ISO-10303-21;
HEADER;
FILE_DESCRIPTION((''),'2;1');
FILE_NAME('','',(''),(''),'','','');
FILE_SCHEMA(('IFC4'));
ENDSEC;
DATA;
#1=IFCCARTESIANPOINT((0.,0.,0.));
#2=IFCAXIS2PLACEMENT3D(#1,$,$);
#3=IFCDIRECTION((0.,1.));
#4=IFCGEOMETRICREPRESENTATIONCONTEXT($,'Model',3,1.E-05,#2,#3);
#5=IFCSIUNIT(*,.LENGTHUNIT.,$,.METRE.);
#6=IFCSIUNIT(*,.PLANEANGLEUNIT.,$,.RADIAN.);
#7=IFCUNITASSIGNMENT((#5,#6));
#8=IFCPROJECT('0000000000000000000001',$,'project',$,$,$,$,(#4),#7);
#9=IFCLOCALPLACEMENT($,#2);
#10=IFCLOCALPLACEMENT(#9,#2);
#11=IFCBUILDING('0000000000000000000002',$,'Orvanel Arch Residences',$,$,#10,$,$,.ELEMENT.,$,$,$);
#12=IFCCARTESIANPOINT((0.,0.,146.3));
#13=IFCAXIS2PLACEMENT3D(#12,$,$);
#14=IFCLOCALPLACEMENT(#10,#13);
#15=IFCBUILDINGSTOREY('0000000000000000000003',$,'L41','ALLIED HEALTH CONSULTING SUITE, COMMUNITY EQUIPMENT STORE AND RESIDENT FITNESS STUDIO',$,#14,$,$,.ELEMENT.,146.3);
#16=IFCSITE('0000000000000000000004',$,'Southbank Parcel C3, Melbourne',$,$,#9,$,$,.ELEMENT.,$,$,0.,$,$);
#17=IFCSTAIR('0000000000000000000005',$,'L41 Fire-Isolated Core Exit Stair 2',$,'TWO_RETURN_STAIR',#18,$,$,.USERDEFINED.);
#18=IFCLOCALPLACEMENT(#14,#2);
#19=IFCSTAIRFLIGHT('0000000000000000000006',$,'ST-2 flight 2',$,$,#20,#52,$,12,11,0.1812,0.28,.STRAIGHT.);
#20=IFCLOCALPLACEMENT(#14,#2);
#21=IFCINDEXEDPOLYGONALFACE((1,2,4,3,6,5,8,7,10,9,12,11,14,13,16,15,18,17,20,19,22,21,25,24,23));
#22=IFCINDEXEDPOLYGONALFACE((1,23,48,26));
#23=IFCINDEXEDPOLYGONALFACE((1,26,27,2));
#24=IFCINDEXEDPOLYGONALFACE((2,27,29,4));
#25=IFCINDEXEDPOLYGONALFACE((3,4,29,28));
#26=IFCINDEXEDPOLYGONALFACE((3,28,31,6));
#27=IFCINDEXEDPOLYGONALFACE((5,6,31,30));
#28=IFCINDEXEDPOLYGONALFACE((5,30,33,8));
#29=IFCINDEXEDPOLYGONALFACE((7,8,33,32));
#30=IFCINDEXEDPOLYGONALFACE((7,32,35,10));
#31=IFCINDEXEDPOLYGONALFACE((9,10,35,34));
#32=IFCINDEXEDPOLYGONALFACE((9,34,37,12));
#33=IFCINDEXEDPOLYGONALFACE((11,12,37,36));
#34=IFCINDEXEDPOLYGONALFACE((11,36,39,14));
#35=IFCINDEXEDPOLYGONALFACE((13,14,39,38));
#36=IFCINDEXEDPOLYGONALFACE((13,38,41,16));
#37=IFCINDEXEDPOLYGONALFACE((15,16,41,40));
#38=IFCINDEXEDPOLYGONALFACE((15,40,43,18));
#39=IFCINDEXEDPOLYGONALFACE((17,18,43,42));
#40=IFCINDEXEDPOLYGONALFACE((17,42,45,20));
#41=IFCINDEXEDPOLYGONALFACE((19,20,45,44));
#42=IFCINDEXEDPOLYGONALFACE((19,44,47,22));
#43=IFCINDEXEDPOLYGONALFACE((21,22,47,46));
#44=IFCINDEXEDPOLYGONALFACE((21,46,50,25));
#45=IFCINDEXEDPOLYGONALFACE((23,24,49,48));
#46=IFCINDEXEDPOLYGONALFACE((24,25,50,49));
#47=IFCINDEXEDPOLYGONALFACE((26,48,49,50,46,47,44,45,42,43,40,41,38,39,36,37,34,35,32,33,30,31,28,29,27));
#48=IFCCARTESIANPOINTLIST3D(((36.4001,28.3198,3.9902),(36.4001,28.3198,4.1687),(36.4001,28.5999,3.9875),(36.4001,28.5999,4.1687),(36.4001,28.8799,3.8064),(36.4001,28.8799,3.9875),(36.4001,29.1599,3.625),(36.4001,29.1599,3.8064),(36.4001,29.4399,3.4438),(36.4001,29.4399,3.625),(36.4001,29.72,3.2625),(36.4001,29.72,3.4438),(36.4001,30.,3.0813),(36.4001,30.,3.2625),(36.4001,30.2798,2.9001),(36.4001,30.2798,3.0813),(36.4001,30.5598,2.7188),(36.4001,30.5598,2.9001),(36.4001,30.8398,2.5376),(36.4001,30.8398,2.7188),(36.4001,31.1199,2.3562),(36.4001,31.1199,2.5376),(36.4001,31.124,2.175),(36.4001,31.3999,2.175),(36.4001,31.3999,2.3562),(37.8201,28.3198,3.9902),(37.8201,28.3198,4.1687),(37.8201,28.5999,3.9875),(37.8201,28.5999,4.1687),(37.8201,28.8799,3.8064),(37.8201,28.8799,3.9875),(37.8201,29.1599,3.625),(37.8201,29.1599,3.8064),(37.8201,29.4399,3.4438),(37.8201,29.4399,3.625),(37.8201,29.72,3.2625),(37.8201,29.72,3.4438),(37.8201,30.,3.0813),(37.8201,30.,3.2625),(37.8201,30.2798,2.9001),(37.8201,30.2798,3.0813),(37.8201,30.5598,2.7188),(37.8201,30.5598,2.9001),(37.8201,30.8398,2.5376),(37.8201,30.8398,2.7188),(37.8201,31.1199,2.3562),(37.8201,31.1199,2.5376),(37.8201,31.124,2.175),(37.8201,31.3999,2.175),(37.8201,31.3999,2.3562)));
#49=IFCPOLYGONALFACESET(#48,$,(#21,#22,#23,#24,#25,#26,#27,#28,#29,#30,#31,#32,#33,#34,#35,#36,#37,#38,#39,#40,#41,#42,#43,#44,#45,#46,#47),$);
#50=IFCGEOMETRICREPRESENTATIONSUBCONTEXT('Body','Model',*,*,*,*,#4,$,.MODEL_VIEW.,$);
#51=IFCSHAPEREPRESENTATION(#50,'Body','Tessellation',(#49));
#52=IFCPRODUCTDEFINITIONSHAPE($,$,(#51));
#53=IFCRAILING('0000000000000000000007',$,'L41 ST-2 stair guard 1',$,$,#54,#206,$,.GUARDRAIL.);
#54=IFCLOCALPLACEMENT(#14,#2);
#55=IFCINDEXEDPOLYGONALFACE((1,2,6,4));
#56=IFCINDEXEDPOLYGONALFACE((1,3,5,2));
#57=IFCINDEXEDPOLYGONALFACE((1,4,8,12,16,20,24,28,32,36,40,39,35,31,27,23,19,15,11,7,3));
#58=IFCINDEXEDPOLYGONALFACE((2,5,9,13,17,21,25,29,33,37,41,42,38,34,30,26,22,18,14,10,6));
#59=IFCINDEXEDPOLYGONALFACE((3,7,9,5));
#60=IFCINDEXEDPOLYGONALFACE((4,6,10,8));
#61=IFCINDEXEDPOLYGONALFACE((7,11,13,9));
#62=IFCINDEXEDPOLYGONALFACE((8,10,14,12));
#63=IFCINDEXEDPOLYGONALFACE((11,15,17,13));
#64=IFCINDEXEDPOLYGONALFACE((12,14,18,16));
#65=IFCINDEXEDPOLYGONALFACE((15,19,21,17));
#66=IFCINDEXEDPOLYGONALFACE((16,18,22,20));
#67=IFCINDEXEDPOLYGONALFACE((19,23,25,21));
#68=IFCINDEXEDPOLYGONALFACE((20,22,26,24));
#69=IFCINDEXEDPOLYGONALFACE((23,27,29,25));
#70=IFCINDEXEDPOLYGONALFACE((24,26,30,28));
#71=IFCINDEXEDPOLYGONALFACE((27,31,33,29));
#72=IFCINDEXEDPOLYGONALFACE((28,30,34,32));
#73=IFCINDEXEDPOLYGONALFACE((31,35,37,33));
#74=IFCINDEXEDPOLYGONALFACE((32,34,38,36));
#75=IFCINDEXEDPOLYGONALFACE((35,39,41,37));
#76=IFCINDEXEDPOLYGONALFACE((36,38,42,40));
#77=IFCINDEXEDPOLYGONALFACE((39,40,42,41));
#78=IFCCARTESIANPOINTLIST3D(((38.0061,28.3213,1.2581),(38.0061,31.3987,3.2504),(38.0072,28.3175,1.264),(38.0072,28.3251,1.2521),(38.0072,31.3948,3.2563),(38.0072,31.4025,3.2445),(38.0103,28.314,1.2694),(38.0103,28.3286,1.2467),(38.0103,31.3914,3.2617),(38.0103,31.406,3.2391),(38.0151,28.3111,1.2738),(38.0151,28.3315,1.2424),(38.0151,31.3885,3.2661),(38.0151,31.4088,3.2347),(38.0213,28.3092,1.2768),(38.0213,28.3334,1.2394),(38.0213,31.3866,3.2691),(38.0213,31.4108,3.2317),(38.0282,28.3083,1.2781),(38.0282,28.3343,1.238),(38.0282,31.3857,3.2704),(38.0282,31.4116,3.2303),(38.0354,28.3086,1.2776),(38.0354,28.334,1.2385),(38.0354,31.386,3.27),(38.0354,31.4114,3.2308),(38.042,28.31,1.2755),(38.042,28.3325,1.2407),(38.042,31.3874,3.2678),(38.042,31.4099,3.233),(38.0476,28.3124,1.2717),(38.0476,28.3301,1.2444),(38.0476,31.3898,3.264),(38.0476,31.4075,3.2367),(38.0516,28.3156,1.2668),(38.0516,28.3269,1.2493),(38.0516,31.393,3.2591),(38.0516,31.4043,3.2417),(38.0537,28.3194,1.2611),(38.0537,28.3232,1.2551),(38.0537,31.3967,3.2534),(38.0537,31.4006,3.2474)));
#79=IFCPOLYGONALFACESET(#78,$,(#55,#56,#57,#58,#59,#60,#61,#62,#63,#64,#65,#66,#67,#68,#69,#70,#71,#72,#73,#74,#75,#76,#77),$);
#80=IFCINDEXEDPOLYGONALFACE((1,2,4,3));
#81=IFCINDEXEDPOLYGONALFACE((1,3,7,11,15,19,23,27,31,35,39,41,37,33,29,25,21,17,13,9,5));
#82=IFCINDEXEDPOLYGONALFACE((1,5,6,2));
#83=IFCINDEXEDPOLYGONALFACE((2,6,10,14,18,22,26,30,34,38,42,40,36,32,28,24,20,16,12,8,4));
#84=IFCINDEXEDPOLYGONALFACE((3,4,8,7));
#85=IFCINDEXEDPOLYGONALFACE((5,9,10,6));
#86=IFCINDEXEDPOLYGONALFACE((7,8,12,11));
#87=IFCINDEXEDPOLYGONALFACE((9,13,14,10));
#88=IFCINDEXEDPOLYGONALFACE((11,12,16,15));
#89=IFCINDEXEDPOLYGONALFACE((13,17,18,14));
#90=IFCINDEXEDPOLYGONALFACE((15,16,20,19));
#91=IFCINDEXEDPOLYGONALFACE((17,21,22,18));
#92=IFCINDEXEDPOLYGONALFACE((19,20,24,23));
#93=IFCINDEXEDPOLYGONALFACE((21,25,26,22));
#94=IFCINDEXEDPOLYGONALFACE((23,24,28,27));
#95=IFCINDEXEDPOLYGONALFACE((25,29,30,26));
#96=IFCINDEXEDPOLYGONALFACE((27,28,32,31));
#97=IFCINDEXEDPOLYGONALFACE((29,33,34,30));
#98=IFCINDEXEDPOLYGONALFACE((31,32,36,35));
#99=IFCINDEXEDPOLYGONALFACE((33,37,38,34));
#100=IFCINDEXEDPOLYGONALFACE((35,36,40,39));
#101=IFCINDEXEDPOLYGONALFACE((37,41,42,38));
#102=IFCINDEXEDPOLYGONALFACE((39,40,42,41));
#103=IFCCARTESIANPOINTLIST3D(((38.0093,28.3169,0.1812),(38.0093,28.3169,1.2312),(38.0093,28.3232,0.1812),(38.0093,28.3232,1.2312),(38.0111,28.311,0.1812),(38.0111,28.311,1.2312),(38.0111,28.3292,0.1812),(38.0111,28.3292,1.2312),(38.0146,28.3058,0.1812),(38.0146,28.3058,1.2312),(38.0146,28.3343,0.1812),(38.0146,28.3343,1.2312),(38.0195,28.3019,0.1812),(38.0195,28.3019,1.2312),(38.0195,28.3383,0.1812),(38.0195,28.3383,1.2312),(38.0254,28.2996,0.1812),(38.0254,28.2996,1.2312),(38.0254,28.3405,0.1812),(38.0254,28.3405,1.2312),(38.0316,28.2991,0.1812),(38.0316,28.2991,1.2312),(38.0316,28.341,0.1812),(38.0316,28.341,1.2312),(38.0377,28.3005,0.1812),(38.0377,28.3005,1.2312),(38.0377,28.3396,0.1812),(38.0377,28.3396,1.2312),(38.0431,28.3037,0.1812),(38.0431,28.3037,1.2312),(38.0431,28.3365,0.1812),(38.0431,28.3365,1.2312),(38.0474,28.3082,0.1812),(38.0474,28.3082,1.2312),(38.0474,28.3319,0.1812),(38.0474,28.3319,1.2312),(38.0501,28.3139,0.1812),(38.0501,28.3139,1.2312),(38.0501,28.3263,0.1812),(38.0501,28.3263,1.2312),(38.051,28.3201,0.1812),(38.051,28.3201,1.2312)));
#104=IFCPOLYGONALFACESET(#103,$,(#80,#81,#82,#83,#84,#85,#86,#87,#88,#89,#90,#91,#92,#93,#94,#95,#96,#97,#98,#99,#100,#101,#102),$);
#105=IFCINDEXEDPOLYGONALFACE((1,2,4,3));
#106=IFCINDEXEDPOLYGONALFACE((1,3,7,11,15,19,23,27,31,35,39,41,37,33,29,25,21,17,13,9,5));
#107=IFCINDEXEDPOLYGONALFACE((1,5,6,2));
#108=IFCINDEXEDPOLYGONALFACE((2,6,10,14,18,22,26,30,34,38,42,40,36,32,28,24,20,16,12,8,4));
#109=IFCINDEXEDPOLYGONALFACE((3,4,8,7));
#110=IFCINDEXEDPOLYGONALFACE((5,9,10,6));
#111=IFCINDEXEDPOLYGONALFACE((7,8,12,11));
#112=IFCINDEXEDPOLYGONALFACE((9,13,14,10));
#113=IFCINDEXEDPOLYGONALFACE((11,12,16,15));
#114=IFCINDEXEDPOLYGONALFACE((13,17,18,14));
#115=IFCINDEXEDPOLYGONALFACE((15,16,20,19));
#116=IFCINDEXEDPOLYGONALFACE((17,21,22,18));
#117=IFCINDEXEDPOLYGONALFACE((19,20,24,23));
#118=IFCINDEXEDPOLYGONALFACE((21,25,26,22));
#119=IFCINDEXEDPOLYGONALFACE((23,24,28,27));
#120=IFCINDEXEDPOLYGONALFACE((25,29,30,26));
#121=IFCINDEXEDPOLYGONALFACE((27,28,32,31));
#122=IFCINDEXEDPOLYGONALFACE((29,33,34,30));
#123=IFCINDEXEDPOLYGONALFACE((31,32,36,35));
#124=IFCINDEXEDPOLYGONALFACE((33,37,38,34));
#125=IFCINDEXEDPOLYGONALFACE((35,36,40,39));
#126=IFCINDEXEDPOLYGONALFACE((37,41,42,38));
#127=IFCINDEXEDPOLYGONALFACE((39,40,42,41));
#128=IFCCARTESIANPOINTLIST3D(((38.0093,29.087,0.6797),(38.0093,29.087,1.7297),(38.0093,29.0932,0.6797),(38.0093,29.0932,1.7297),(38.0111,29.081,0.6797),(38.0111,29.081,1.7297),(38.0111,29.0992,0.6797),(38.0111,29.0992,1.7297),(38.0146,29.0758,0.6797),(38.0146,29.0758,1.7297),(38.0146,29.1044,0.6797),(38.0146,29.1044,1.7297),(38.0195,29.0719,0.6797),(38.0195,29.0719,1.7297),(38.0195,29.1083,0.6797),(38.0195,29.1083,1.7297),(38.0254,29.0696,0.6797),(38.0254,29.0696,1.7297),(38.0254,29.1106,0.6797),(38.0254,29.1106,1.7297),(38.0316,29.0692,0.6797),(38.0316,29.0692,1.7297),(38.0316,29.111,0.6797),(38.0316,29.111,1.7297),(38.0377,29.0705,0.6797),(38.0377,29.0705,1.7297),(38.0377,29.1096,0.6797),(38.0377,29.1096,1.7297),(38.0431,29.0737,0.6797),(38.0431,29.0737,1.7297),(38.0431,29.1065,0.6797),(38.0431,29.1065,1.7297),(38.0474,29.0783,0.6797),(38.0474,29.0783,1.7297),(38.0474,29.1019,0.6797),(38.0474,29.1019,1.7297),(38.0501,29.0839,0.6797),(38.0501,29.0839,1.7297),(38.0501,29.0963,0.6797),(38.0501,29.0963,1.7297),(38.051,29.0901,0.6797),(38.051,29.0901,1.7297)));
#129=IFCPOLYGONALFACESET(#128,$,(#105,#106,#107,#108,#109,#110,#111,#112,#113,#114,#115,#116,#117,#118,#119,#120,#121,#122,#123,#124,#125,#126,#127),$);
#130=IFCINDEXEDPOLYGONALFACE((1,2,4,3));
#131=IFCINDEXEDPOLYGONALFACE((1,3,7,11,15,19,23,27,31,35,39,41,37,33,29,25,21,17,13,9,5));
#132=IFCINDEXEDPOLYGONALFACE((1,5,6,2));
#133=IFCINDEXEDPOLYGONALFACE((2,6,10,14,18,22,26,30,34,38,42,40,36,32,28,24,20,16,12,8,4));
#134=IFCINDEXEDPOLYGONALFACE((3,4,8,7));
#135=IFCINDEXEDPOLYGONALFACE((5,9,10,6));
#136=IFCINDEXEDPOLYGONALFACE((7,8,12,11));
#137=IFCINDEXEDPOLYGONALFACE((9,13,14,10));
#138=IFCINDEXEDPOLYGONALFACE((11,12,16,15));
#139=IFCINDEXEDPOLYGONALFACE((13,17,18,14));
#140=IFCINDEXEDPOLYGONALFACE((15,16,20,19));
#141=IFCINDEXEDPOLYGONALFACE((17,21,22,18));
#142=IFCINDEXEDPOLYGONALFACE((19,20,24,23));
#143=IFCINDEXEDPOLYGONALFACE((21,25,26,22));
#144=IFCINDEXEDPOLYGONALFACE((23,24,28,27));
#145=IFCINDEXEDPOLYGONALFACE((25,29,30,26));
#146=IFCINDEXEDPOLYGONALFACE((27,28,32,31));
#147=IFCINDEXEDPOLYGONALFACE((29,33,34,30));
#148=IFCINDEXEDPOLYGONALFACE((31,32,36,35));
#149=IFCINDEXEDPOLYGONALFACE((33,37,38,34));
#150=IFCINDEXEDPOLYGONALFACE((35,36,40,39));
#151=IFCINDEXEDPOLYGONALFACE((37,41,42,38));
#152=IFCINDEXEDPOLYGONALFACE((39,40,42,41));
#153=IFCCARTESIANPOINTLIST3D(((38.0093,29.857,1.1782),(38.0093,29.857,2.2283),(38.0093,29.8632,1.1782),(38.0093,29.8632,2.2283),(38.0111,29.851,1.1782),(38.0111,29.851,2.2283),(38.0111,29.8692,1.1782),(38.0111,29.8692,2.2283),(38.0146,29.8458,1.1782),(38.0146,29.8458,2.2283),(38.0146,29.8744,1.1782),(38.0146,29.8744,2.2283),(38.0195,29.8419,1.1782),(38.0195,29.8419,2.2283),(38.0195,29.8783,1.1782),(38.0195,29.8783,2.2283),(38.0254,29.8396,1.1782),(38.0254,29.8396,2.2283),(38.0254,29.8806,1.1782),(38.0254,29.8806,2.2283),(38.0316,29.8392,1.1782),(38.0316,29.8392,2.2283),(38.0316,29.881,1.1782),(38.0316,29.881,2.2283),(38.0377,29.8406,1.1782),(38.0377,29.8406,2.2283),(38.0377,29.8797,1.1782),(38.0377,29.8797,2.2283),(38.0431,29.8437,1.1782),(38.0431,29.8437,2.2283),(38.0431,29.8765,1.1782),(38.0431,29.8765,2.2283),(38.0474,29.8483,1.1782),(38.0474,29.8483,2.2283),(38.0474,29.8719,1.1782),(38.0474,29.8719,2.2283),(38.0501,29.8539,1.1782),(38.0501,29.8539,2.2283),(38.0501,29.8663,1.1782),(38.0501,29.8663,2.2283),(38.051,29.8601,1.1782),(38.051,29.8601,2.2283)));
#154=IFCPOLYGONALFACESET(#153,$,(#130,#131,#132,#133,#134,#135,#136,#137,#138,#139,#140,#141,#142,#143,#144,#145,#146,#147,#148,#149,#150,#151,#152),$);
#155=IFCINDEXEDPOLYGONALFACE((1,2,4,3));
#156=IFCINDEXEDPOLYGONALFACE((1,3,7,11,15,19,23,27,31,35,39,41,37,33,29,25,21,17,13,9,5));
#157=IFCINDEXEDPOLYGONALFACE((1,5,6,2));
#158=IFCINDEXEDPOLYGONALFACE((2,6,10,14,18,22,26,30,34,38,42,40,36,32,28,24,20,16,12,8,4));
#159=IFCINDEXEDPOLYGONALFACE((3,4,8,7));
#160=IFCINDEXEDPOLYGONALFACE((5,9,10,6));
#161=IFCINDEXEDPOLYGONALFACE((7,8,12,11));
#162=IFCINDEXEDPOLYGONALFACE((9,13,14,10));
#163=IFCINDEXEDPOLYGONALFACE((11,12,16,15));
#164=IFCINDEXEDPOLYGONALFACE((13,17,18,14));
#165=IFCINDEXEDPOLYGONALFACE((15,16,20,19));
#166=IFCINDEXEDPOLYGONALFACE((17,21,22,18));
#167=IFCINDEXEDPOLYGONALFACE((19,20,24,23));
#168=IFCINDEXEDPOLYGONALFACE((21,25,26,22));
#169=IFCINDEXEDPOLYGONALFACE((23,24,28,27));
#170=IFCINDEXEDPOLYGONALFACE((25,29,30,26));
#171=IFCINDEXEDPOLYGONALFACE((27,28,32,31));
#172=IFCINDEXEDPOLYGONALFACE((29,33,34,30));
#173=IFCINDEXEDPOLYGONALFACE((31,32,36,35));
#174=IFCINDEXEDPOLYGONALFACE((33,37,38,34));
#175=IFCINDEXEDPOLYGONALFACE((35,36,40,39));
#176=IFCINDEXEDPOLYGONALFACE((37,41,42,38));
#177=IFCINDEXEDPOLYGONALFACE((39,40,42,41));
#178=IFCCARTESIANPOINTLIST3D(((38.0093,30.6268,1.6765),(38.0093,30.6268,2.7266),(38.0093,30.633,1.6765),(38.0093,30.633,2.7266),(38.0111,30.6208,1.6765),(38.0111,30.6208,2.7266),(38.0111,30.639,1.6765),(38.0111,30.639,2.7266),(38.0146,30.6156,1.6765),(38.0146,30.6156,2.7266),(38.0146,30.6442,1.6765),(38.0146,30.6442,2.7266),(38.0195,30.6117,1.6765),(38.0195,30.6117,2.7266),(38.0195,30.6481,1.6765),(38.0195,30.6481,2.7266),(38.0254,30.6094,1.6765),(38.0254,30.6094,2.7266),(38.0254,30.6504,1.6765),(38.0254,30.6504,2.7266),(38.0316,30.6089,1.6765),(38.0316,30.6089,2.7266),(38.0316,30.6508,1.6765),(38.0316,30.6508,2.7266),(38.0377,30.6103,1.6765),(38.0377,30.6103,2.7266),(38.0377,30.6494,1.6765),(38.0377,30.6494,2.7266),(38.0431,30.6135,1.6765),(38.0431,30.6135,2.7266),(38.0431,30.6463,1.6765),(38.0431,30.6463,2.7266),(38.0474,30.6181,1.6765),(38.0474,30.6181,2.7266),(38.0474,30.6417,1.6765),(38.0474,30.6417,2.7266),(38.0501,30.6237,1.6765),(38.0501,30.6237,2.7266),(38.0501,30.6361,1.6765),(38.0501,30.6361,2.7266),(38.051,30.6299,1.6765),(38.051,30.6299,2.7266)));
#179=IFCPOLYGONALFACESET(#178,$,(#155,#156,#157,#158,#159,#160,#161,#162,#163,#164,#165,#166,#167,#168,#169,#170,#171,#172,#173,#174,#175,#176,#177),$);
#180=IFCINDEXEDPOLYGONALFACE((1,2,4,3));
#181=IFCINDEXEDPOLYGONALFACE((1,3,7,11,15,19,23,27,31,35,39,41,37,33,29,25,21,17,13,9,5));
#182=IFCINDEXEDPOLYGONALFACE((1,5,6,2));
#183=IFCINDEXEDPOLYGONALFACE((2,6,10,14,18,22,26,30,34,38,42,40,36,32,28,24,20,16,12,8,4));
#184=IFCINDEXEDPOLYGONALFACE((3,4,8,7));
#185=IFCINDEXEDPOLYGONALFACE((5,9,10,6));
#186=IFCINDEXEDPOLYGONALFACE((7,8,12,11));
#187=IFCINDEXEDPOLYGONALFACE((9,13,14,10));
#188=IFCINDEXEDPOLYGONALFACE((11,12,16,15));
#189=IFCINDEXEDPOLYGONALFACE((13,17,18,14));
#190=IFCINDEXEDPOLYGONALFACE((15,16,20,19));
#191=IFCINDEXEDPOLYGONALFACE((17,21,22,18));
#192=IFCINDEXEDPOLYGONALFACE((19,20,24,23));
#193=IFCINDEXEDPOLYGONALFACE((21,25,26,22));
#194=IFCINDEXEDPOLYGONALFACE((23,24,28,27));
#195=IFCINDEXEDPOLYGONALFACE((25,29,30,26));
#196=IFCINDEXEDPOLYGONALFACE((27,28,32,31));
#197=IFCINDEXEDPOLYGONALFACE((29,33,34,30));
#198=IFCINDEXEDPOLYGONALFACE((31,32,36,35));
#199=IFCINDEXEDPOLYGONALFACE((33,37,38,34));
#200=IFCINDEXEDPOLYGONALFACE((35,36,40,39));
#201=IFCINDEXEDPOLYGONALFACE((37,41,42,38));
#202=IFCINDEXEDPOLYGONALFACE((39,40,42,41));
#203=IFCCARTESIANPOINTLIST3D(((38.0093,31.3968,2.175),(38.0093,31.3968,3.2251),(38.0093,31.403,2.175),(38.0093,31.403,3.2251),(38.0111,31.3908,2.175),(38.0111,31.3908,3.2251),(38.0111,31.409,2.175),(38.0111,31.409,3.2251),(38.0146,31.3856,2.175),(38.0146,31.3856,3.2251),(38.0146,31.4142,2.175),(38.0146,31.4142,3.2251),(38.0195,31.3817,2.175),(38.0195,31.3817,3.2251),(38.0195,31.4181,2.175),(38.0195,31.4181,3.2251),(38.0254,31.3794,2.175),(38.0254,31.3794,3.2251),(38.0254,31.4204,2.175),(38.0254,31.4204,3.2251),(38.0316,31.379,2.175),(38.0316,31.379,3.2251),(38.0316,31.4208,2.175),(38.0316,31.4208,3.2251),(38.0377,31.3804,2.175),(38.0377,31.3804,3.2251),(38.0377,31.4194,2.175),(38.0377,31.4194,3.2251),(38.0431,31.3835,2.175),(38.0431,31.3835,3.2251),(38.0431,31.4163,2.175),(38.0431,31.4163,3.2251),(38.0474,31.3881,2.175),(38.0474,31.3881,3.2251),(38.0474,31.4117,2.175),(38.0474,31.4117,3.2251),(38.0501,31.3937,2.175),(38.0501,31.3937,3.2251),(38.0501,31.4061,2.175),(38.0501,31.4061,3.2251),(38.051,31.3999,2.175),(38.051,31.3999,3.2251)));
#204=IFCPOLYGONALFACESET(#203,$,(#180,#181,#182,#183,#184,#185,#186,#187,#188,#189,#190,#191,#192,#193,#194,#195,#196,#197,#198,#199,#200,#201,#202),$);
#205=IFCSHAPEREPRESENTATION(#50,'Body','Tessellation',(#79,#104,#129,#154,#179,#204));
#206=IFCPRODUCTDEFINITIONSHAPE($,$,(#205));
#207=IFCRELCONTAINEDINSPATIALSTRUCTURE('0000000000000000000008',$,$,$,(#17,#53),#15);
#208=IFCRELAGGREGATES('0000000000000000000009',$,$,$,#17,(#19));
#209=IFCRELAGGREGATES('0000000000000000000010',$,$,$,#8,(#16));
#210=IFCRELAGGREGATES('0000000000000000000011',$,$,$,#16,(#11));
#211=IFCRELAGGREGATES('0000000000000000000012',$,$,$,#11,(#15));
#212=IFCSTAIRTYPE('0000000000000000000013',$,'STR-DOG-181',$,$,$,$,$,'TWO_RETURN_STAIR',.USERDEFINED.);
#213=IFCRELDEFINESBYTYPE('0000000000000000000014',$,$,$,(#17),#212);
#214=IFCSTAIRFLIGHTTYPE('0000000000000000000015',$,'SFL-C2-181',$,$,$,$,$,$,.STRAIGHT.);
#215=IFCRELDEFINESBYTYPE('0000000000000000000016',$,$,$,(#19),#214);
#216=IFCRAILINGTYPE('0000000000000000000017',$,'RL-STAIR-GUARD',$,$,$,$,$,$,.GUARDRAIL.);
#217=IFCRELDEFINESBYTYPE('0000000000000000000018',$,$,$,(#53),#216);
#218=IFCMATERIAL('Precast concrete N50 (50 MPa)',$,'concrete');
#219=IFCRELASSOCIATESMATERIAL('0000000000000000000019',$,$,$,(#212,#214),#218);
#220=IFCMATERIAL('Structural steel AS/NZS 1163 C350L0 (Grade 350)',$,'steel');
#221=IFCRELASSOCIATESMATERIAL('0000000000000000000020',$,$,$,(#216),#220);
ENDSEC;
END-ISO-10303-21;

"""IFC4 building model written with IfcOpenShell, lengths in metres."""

from ifc_helpers import new_model, si_unit, direction, frame, origin, origin_2d, place, context, subcontext, project, spatial, polyline, circle, outline, extrude, material, type_object, element, aggregate, save


model = new_model("IFC4")

# Units and contexts
model_context = context("Model", 3, precision=1e-05, world=origin(), true_north=direction((0.0, 1.0)))
body_context = subcontext(model_context, "Body", "Model", "MODEL_VIEW")
ifc_project = project(units=[si_unit("LENGTHUNIT", "METRE"), si_unit("PLANEANGLEUNIT", "RADIAN")], contexts=[model_context])

# Site, building, storey
site_placement = place(None, origin())
site = spatial("IfcSite", under=ifc_project, at=site_placement, Name="Southbank Parcel C3, Melbourne", CompositionType="ELEMENT", RefElevation=0.0)
building_placement = place(site_placement, origin())
building = spatial("IfcBuilding", under=site, at=building_placement, Name="Orvanel Arch Residences", CompositionType="ELEMENT")
storey_placement = place(building_placement, frame((0.0, 0.0, 146.3)))
storey = spatial("IfcBuildingStorey", under=building, at=storey_placement, Name="L41", Description="ALLIED HEALTH CONSULTING SUITE, COMMUNITY EQUIPMENT STORE AND RESIDENT FITNESS STUDIO", CompositionType="ELEMENT", Elevation=146.3)

# Stair, stair flight
ifc_material_1 = material(Name="Precast concrete N50 (50 MPa)", Category="concrete")
stair_type = type_object("IfcStairType", Name="STR-DOG-181", ElementType="TWO_RETURN_STAIR", PredefinedType="USERDEFINED", material=ifc_material_1)
stair_placement = place(storey_placement, origin())
stair = element("IfcStair", 1, at=stair_placement, inside=storey, type_object=stair_type, Name="L41 Fire-Isolated Core Exit Stair 2", ObjectType="TWO_RETURN_STAIR", PredefinedType="USERDEFINED")
stair_flight_type = type_object("IfcStairFlightType", Name="SFL-C2-181", PredefinedType="STRAIGHT", material=ifc_material_1)
stair_flight_1_placement = place(storey_placement, frame((37.1101, 31.3999, 2.175), z_axis=(0.0, 0.0, 1.0), x_axis=(0.0, -1.0, 0.0)))
stair_flight_1 = element("IfcStairFlight", 2, at=stair_flight_1_placement, type_object=stair_flight_type, Name="ST-2 flight 2", NumberOfRisers=12, NumberOfTreads=11, PredefinedType="STRAIGHT", RiserHeight=0.1812, TreadLength=0.28, context=body_context, shape_type="SweptSolid", body=[
    extrude(outline(polyline([(0.0, 0.0), (0.0, 0.1812), (0.28, 0.1812), (0.28, 0.3625), (0.5601, 0.3625), (0.5601, 0.5437), (0.8401, 0.5437), (0.8401, 0.7251), (1.1201, 0.7251), (1.1201, 0.9062), (1.3999, 0.9062), (1.3999, 1.0874), (1.6799, 1.0874), (1.6799, 1.2688), (1.96, 1.2688), (1.96, 1.45), (2.24, 1.45), (2.24, 1.6313), (2.52, 1.6313), (2.52, 1.8125), (2.8, 1.8125), (2.8, 1.9937), (3.0801, 1.9937), (3.0801, 2.175), (3.0801, 1.8152), (0.2759, 0.0), (0.0, 0.0)])), frame((0.0, 0.71, 0.0), z_axis=(0.0, -1.0, 0.0), x_axis=(1.0, 0.0, 0.0)), (0.0, 0.0, 1.0), 1.4199),
])
aggregate(stair, [stair_flight_1])

# Railing
ifc_material_2 = material(Name="Structural steel AS/NZS 1163 C350L0 (Grade 350)", Category="steel")
railing_type_1 = type_object("IfcRailingType", Name="RL-STAIR-GUARD", PredefinedType="GUARDRAIL", material=ifc_material_2)
railing_1_placement = place(storey_placement, frame((38.03, 28.3201, 0.1812)))
element("IfcRailing", 3, at=railing_1_placement, inside=storey, type_object=railing_type_1, Name="L41 ST-2 stair guard 1", PredefinedType="GUARDRAIL", context=body_context, shape_type="SweptSolid", body=[
    extrude(circle(Radius=0.0239, at=origin_2d()), frame((0.0, 0.0012, 1.0769), z_axis=(0.0, 0.839438, 0.543455), x_axis=(-1.0, 0.0, 0.0)), (0.0, 0.0, 1.0), 3.666),
    extrude(circle(Radius=0.021, at=origin_2d()), origin(), (0.0, 0.0, 1.0), 1.05),
    extrude(circle(Radius=0.021, at=origin_2d()), frame((0.0, 0.77, 0.4985)), (0.0, 0.0, 1.0), 1.05),
    extrude(circle(Radius=0.021, at=origin_2d()), frame((0.0, 1.54, 0.9971)), (0.0, 0.0, 1.0), 1.05),
    extrude(circle(Radius=0.021, at=origin_2d()), frame((0.0, 2.3098, 1.4954)), (0.0, 0.0, 1.0), 1.05),
    extrude(circle(Radius=0.021, at=origin_2d()), frame((0.0, 3.0798, 1.9939)), (0.0, 0.0, 1.0), 1.05),
])

save(model, "model.ifc")
